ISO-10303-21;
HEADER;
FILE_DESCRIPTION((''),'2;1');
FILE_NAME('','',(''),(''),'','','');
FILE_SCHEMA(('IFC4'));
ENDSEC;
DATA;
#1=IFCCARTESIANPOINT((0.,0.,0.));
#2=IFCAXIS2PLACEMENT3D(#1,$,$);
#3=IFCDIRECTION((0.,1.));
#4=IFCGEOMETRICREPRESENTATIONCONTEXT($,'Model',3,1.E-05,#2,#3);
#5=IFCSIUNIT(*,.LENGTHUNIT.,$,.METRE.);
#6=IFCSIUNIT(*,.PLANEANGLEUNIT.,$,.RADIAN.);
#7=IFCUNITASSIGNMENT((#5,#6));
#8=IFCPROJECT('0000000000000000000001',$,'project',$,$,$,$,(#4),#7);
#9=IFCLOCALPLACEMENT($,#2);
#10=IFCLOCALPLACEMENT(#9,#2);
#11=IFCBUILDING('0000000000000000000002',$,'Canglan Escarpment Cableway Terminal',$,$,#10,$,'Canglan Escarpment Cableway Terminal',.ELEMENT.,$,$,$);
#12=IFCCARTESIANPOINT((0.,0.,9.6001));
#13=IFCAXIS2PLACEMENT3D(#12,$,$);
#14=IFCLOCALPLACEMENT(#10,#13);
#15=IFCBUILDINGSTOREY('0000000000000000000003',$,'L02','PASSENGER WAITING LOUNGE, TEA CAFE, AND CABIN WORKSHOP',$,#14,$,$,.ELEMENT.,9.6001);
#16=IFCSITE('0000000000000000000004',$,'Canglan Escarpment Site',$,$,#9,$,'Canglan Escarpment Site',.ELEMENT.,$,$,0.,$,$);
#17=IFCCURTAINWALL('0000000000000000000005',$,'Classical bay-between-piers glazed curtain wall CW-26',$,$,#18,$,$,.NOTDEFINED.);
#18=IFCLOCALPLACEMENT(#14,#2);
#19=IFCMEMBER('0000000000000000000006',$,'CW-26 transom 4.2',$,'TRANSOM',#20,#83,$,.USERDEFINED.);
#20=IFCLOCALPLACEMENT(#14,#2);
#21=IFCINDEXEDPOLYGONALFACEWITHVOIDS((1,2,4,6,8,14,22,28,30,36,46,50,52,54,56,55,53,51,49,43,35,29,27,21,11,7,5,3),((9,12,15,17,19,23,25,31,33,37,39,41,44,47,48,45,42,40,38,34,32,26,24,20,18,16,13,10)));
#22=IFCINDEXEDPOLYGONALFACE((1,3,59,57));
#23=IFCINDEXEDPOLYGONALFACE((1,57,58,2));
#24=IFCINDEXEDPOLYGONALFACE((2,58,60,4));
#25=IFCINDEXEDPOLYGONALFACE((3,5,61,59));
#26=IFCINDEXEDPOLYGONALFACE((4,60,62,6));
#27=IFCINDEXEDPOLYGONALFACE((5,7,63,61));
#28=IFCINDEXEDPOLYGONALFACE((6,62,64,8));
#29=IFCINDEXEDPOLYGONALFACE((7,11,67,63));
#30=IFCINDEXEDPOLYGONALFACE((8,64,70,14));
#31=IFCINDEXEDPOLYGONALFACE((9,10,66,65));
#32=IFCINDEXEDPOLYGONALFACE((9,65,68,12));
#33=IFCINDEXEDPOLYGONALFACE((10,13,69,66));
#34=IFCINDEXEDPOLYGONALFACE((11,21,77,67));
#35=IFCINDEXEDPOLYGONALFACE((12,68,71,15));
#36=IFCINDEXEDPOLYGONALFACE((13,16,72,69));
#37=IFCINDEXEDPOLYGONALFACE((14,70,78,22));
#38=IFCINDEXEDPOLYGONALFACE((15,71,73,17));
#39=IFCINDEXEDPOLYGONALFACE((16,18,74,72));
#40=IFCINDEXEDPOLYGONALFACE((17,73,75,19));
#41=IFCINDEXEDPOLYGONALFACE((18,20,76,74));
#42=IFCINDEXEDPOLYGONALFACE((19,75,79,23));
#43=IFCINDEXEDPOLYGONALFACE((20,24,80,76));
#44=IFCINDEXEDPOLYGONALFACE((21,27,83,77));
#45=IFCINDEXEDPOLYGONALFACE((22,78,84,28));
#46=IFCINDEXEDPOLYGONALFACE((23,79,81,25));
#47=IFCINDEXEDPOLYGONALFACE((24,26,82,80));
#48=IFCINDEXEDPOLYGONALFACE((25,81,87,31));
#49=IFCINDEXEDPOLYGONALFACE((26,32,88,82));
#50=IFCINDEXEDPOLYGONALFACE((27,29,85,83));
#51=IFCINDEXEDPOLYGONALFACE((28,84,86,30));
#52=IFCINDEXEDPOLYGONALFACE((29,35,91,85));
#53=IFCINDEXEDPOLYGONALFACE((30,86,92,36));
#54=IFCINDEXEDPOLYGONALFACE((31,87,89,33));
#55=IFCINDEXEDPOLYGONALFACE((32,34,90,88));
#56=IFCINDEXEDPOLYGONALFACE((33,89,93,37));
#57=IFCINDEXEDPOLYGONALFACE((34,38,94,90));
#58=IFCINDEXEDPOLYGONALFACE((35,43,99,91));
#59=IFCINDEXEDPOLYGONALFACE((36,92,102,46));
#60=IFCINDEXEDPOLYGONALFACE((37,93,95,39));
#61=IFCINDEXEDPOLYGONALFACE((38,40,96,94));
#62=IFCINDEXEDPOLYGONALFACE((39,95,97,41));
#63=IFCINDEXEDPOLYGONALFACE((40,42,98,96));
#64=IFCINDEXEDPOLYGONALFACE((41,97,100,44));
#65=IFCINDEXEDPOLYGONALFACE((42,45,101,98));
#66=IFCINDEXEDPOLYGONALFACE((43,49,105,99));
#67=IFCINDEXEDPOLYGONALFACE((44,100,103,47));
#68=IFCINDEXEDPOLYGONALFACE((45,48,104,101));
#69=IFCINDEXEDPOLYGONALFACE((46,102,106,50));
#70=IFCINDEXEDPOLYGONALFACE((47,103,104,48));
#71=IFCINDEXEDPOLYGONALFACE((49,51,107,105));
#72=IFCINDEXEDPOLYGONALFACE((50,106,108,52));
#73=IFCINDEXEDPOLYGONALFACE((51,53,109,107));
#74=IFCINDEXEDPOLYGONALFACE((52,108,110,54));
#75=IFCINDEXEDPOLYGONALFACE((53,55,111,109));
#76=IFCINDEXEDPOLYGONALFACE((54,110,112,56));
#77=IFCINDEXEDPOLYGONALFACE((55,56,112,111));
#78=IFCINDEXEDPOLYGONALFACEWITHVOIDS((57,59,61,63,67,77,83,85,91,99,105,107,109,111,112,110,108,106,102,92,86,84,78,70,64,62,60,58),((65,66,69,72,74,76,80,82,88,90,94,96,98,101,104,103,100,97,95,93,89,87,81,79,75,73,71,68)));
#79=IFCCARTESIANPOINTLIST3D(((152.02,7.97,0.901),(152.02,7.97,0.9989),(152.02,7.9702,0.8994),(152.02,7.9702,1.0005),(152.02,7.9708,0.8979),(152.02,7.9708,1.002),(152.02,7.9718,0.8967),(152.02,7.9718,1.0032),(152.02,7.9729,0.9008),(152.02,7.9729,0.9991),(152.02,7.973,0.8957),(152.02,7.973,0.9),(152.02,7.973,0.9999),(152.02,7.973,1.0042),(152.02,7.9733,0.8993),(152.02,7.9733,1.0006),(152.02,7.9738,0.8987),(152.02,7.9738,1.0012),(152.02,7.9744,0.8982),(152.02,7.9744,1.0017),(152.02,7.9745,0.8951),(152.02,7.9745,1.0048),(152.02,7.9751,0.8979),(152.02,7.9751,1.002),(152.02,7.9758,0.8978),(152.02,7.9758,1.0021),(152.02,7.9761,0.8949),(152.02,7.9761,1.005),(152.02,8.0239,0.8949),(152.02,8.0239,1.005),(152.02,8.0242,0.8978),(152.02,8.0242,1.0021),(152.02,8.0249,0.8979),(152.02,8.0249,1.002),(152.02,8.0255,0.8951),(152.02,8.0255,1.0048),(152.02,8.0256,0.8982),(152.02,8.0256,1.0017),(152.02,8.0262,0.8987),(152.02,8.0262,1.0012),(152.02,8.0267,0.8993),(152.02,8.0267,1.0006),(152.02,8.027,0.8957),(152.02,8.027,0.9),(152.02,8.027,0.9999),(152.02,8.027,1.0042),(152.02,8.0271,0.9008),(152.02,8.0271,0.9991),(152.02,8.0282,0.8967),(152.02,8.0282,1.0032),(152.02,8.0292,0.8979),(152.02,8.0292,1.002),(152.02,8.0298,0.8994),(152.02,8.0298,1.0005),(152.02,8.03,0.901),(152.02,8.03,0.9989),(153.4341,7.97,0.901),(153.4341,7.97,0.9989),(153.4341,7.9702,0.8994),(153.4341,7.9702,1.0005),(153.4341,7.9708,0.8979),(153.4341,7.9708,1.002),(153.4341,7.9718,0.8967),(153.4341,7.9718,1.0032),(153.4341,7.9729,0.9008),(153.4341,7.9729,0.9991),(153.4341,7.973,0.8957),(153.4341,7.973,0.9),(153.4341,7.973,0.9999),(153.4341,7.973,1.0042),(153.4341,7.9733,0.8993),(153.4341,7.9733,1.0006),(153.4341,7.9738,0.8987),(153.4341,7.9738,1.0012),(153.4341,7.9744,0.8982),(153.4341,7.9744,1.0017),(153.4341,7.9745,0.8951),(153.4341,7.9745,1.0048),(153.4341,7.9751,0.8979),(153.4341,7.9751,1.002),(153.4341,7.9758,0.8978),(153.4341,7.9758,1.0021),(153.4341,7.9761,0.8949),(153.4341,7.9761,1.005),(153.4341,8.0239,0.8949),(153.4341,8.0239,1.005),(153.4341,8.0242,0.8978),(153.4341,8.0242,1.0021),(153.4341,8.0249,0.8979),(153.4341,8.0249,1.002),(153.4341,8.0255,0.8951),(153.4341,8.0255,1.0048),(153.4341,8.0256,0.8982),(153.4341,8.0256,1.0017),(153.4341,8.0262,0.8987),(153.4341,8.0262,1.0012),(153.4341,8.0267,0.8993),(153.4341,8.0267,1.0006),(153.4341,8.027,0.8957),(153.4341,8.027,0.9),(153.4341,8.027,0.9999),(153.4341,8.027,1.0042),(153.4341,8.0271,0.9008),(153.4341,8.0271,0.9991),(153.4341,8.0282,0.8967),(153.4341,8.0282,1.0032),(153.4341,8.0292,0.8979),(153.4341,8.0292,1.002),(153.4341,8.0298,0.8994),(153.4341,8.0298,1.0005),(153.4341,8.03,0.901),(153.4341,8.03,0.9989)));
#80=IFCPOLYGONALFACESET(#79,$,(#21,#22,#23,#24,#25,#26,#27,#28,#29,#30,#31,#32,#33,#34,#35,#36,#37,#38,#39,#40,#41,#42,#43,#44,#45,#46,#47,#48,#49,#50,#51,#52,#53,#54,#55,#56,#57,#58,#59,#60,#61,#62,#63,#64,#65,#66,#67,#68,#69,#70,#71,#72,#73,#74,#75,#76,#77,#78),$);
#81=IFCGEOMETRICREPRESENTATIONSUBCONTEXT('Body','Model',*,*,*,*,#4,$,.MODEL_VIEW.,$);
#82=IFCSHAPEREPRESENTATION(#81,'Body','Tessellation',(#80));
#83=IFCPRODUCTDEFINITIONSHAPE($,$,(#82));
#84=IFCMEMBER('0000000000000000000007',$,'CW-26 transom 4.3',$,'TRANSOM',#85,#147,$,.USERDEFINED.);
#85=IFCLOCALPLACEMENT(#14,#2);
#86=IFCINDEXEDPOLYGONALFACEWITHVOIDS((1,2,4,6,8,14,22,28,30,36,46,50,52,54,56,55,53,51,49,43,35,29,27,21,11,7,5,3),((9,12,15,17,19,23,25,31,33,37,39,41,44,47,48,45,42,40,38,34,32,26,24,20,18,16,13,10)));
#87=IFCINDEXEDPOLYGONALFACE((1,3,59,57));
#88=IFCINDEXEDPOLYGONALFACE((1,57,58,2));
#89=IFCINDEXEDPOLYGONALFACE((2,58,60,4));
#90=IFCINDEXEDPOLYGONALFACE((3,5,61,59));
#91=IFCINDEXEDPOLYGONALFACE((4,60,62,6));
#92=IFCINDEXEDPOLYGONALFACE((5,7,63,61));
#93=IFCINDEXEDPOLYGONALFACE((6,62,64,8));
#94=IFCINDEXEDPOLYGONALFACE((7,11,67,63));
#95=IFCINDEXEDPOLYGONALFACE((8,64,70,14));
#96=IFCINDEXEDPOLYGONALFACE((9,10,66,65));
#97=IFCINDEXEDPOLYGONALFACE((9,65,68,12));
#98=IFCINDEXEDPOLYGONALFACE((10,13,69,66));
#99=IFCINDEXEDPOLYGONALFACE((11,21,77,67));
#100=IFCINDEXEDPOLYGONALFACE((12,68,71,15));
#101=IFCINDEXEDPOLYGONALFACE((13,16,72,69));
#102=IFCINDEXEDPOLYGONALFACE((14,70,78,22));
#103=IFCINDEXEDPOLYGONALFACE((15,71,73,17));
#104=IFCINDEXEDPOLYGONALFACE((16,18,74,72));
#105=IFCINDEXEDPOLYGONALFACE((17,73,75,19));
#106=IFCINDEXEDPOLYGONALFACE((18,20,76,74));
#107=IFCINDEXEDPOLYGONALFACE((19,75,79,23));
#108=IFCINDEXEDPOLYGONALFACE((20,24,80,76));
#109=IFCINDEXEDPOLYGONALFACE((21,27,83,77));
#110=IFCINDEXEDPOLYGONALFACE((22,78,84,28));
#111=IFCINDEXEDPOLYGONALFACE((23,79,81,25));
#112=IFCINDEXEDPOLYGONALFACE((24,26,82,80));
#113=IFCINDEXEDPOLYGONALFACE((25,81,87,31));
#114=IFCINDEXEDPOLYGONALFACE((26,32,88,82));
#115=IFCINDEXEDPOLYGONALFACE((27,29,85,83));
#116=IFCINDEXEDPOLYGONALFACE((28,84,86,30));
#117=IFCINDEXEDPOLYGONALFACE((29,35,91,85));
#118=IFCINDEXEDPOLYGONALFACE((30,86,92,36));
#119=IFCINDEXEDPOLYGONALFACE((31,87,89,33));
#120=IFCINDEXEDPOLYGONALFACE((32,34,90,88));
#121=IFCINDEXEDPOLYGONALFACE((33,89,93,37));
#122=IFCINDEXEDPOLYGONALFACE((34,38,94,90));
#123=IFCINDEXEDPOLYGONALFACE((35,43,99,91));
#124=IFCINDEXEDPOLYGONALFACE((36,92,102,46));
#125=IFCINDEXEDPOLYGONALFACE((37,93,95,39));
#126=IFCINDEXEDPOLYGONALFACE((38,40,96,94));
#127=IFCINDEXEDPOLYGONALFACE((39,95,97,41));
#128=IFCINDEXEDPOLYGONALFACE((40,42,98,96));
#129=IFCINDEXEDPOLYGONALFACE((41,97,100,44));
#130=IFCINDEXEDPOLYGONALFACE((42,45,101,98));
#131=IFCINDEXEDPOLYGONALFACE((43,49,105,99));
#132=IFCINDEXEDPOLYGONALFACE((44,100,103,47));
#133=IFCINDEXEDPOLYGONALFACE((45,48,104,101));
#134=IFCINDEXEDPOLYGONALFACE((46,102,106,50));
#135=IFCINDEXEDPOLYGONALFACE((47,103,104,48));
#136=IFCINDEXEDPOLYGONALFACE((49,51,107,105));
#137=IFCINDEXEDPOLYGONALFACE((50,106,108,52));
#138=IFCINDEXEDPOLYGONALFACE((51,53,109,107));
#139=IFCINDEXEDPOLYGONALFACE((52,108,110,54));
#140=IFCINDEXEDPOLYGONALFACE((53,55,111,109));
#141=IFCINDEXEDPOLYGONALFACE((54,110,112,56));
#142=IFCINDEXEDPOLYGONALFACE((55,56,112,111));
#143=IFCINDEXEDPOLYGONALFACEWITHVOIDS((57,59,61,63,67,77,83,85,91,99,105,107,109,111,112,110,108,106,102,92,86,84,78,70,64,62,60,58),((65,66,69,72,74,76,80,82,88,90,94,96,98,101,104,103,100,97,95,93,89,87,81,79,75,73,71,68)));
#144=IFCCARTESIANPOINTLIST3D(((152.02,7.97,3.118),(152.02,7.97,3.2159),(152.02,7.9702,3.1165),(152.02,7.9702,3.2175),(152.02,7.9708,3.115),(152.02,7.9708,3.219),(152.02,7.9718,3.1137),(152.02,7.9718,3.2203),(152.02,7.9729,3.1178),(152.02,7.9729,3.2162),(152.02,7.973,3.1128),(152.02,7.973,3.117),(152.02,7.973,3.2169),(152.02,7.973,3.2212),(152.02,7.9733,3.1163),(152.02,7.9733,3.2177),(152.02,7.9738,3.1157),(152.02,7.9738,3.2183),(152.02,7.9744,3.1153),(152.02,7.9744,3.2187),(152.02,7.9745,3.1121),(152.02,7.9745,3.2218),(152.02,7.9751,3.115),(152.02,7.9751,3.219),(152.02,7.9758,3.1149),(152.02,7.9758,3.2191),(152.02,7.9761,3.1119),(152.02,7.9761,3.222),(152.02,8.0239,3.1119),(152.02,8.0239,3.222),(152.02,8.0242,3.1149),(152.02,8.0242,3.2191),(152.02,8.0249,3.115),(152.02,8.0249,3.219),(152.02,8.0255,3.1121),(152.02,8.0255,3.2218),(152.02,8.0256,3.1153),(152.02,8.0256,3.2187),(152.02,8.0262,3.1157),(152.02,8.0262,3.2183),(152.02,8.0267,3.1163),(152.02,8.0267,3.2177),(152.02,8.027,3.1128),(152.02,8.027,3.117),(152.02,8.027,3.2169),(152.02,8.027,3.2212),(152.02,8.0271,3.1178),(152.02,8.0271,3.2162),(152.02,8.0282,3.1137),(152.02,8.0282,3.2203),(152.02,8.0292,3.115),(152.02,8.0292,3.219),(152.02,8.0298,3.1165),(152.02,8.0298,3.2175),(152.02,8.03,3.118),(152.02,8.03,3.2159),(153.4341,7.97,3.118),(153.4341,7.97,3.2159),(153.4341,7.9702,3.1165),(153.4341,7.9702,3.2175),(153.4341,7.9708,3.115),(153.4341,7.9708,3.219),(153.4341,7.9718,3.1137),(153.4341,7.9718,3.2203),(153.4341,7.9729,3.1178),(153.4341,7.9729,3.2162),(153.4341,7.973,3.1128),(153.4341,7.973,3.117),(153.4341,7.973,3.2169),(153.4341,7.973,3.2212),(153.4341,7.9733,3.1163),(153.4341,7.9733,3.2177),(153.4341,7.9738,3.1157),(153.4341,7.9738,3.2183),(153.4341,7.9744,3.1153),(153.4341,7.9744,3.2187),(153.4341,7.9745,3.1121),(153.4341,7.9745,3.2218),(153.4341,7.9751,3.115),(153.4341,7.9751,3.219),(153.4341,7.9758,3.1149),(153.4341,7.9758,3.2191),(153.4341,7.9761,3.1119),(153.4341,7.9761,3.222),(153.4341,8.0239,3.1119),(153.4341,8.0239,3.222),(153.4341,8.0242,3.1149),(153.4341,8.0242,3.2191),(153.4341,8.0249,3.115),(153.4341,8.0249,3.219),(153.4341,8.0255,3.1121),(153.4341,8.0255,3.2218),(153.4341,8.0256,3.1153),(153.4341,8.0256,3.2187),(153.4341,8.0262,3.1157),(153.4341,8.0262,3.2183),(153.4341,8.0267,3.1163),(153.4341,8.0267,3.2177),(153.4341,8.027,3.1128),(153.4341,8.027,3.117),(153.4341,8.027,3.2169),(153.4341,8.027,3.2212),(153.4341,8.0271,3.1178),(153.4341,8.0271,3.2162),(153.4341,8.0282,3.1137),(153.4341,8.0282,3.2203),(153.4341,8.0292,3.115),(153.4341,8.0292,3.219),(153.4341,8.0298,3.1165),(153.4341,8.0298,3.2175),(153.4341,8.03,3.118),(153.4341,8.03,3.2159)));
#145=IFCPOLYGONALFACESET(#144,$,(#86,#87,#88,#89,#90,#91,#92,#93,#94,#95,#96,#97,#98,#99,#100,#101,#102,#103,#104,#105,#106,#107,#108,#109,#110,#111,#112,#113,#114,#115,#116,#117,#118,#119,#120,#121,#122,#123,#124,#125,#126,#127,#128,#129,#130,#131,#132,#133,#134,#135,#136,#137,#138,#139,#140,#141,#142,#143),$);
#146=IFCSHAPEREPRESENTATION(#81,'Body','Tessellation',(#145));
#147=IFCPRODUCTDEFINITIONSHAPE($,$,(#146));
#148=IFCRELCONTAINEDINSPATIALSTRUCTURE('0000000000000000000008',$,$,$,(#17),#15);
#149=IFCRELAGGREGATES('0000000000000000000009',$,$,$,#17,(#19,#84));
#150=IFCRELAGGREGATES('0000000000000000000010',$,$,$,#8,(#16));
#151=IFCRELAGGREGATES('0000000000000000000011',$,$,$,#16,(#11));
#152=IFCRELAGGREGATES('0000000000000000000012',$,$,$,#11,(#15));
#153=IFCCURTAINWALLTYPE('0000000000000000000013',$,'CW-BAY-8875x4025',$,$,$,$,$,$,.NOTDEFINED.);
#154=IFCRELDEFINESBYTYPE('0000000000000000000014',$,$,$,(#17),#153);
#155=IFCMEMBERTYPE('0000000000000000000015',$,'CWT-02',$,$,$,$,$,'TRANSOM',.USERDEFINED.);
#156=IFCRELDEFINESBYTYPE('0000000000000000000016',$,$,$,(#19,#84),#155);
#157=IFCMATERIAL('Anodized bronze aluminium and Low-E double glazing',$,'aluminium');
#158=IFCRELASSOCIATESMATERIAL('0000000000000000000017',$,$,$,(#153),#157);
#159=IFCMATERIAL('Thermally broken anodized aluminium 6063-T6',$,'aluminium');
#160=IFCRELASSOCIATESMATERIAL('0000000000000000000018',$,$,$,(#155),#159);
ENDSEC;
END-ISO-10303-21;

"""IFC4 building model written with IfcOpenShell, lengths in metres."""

from ifc_helpers import new_model, si_unit, direction, frame, origin, origin_2d, place, context, subcontext, project, spatial, hollow_rectangle, extrude, material, material_profile, profile_set, type_object, element, aggregate, save


model = new_model("IFC4")

# Units and contexts
model_context = context("Model", 3, precision=1e-05, world=origin(), true_north=direction((0.0, 1.0)))
body_context = subcontext(model_context, "Body", "Model", "MODEL_VIEW")
ifc_project = project(units=[si_unit("LENGTHUNIT", "METRE"), si_unit("PLANEANGLEUNIT", "RADIAN")], contexts=[model_context])

# Site, building, storey
site_placement = place(None, origin())
site = spatial("IfcSite", under=ifc_project, at=site_placement, Name="Canglan Escarpment Site", LongName="Canglan Escarpment Site", CompositionType="ELEMENT", RefElevation=0.0)
building_placement = place(site_placement, origin())
building = spatial("IfcBuilding", under=site, at=building_placement, Name="Canglan Escarpment Cableway Terminal", LongName="Canglan Escarpment Cableway Terminal", CompositionType="ELEMENT")
storey_placement = place(building_placement, frame((0.0, 0.0, 9.6001)))
storey = spatial("IfcBuildingStorey", under=building, at=storey_placement, Name="L02", Description="PASSENGER WAITING LOUNGE, TEA CAFE, AND CABIN WORKSHOP", CompositionType="ELEMENT", Elevation=9.6001)

# Curtain wall, members
ifc_material_1 = material(Name="Anodized bronze aluminium and Low-E double glazing", Category="aluminium")
curtain_wall_type = type_object("IfcCurtainWallType", Name="CW-BAY-8875x4025", PredefinedType="NOTDEFINED", material=ifc_material_1)
curtain_wall_placement = place(storey_placement, origin())
curtain_wall = element("IfcCurtainWall", 1, at=curtain_wall_placement, inside=storey, type_object=curtain_wall_type, Name="Classical bay-between-piers glazed curtain wall CW-26", PredefinedType="NOTDEFINED")
ifc_material_2 = material(Name="Thermally broken anodized aluminium 6063-T6", Category="aluminium")
ifc_material_profile_1 = material_profile(ifc_material_2, hollow_rectangle(XDim=0.0601, YDim=0.1101, WallThickness=0.0029, InnerFilletRadius=0.0029, OuterFilletRadius=0.0061, at=origin_2d()), Name="ALU-TRAN 60x110x3")
ifc_profile_set_1 = profile_set([ifc_material_profile_1], Name="Thermally broken anodized aluminium 6063-T6")
member_type_1 = type_object("IfcMemberType", Name="CWT-02", ElementType="TRANSOM", PredefinedType="USERDEFINED", material=ifc_profile_set_1)
member_1_placement = place(storey_placement, frame((152.02, 8.0, 0.95), z_axis=(1.0, 0.0, 0.0), x_axis=(0.0, 1.0, 0.0)))
member_1 = element("IfcMember", 2, at=member_1_placement, type_object=member_type_1, Name="CW-26 transom 4.2", ObjectType="TRANSOM", PredefinedType="USERDEFINED", context=body_context, shape_type="SweptSolid", body=[
    extrude(hollow_rectangle(XDim=0.0601, YDim=0.1101, WallThickness=0.0029, InnerFilletRadius=0.0029, OuterFilletRadius=0.0061, at=origin_2d()), origin(), (0.0, 0.0, 1.0), 1.4141),
])
member_2_placement = place(storey_placement, frame((152.02, 8.0, 3.167), z_axis=(1.0, 0.0, 0.0), x_axis=(0.0, 1.0, 0.0)))
member_2 = element("IfcMember", 3, at=member_2_placement, type_object=member_type_1, Name="CW-26 transom 4.3", ObjectType="TRANSOM", PredefinedType="USERDEFINED", context=body_context, shape_type="SweptSolid", body=[
    extrude(hollow_rectangle(XDim=0.0601, YDim=0.1101, WallThickness=0.0029, InnerFilletRadius=0.0029, OuterFilletRadius=0.0061, at=origin_2d()), origin(), (0.0, 0.0, 1.0), 1.4141),
])
aggregate(curtain_wall, [member_1, member_2])

save(model, "model.ifc")
